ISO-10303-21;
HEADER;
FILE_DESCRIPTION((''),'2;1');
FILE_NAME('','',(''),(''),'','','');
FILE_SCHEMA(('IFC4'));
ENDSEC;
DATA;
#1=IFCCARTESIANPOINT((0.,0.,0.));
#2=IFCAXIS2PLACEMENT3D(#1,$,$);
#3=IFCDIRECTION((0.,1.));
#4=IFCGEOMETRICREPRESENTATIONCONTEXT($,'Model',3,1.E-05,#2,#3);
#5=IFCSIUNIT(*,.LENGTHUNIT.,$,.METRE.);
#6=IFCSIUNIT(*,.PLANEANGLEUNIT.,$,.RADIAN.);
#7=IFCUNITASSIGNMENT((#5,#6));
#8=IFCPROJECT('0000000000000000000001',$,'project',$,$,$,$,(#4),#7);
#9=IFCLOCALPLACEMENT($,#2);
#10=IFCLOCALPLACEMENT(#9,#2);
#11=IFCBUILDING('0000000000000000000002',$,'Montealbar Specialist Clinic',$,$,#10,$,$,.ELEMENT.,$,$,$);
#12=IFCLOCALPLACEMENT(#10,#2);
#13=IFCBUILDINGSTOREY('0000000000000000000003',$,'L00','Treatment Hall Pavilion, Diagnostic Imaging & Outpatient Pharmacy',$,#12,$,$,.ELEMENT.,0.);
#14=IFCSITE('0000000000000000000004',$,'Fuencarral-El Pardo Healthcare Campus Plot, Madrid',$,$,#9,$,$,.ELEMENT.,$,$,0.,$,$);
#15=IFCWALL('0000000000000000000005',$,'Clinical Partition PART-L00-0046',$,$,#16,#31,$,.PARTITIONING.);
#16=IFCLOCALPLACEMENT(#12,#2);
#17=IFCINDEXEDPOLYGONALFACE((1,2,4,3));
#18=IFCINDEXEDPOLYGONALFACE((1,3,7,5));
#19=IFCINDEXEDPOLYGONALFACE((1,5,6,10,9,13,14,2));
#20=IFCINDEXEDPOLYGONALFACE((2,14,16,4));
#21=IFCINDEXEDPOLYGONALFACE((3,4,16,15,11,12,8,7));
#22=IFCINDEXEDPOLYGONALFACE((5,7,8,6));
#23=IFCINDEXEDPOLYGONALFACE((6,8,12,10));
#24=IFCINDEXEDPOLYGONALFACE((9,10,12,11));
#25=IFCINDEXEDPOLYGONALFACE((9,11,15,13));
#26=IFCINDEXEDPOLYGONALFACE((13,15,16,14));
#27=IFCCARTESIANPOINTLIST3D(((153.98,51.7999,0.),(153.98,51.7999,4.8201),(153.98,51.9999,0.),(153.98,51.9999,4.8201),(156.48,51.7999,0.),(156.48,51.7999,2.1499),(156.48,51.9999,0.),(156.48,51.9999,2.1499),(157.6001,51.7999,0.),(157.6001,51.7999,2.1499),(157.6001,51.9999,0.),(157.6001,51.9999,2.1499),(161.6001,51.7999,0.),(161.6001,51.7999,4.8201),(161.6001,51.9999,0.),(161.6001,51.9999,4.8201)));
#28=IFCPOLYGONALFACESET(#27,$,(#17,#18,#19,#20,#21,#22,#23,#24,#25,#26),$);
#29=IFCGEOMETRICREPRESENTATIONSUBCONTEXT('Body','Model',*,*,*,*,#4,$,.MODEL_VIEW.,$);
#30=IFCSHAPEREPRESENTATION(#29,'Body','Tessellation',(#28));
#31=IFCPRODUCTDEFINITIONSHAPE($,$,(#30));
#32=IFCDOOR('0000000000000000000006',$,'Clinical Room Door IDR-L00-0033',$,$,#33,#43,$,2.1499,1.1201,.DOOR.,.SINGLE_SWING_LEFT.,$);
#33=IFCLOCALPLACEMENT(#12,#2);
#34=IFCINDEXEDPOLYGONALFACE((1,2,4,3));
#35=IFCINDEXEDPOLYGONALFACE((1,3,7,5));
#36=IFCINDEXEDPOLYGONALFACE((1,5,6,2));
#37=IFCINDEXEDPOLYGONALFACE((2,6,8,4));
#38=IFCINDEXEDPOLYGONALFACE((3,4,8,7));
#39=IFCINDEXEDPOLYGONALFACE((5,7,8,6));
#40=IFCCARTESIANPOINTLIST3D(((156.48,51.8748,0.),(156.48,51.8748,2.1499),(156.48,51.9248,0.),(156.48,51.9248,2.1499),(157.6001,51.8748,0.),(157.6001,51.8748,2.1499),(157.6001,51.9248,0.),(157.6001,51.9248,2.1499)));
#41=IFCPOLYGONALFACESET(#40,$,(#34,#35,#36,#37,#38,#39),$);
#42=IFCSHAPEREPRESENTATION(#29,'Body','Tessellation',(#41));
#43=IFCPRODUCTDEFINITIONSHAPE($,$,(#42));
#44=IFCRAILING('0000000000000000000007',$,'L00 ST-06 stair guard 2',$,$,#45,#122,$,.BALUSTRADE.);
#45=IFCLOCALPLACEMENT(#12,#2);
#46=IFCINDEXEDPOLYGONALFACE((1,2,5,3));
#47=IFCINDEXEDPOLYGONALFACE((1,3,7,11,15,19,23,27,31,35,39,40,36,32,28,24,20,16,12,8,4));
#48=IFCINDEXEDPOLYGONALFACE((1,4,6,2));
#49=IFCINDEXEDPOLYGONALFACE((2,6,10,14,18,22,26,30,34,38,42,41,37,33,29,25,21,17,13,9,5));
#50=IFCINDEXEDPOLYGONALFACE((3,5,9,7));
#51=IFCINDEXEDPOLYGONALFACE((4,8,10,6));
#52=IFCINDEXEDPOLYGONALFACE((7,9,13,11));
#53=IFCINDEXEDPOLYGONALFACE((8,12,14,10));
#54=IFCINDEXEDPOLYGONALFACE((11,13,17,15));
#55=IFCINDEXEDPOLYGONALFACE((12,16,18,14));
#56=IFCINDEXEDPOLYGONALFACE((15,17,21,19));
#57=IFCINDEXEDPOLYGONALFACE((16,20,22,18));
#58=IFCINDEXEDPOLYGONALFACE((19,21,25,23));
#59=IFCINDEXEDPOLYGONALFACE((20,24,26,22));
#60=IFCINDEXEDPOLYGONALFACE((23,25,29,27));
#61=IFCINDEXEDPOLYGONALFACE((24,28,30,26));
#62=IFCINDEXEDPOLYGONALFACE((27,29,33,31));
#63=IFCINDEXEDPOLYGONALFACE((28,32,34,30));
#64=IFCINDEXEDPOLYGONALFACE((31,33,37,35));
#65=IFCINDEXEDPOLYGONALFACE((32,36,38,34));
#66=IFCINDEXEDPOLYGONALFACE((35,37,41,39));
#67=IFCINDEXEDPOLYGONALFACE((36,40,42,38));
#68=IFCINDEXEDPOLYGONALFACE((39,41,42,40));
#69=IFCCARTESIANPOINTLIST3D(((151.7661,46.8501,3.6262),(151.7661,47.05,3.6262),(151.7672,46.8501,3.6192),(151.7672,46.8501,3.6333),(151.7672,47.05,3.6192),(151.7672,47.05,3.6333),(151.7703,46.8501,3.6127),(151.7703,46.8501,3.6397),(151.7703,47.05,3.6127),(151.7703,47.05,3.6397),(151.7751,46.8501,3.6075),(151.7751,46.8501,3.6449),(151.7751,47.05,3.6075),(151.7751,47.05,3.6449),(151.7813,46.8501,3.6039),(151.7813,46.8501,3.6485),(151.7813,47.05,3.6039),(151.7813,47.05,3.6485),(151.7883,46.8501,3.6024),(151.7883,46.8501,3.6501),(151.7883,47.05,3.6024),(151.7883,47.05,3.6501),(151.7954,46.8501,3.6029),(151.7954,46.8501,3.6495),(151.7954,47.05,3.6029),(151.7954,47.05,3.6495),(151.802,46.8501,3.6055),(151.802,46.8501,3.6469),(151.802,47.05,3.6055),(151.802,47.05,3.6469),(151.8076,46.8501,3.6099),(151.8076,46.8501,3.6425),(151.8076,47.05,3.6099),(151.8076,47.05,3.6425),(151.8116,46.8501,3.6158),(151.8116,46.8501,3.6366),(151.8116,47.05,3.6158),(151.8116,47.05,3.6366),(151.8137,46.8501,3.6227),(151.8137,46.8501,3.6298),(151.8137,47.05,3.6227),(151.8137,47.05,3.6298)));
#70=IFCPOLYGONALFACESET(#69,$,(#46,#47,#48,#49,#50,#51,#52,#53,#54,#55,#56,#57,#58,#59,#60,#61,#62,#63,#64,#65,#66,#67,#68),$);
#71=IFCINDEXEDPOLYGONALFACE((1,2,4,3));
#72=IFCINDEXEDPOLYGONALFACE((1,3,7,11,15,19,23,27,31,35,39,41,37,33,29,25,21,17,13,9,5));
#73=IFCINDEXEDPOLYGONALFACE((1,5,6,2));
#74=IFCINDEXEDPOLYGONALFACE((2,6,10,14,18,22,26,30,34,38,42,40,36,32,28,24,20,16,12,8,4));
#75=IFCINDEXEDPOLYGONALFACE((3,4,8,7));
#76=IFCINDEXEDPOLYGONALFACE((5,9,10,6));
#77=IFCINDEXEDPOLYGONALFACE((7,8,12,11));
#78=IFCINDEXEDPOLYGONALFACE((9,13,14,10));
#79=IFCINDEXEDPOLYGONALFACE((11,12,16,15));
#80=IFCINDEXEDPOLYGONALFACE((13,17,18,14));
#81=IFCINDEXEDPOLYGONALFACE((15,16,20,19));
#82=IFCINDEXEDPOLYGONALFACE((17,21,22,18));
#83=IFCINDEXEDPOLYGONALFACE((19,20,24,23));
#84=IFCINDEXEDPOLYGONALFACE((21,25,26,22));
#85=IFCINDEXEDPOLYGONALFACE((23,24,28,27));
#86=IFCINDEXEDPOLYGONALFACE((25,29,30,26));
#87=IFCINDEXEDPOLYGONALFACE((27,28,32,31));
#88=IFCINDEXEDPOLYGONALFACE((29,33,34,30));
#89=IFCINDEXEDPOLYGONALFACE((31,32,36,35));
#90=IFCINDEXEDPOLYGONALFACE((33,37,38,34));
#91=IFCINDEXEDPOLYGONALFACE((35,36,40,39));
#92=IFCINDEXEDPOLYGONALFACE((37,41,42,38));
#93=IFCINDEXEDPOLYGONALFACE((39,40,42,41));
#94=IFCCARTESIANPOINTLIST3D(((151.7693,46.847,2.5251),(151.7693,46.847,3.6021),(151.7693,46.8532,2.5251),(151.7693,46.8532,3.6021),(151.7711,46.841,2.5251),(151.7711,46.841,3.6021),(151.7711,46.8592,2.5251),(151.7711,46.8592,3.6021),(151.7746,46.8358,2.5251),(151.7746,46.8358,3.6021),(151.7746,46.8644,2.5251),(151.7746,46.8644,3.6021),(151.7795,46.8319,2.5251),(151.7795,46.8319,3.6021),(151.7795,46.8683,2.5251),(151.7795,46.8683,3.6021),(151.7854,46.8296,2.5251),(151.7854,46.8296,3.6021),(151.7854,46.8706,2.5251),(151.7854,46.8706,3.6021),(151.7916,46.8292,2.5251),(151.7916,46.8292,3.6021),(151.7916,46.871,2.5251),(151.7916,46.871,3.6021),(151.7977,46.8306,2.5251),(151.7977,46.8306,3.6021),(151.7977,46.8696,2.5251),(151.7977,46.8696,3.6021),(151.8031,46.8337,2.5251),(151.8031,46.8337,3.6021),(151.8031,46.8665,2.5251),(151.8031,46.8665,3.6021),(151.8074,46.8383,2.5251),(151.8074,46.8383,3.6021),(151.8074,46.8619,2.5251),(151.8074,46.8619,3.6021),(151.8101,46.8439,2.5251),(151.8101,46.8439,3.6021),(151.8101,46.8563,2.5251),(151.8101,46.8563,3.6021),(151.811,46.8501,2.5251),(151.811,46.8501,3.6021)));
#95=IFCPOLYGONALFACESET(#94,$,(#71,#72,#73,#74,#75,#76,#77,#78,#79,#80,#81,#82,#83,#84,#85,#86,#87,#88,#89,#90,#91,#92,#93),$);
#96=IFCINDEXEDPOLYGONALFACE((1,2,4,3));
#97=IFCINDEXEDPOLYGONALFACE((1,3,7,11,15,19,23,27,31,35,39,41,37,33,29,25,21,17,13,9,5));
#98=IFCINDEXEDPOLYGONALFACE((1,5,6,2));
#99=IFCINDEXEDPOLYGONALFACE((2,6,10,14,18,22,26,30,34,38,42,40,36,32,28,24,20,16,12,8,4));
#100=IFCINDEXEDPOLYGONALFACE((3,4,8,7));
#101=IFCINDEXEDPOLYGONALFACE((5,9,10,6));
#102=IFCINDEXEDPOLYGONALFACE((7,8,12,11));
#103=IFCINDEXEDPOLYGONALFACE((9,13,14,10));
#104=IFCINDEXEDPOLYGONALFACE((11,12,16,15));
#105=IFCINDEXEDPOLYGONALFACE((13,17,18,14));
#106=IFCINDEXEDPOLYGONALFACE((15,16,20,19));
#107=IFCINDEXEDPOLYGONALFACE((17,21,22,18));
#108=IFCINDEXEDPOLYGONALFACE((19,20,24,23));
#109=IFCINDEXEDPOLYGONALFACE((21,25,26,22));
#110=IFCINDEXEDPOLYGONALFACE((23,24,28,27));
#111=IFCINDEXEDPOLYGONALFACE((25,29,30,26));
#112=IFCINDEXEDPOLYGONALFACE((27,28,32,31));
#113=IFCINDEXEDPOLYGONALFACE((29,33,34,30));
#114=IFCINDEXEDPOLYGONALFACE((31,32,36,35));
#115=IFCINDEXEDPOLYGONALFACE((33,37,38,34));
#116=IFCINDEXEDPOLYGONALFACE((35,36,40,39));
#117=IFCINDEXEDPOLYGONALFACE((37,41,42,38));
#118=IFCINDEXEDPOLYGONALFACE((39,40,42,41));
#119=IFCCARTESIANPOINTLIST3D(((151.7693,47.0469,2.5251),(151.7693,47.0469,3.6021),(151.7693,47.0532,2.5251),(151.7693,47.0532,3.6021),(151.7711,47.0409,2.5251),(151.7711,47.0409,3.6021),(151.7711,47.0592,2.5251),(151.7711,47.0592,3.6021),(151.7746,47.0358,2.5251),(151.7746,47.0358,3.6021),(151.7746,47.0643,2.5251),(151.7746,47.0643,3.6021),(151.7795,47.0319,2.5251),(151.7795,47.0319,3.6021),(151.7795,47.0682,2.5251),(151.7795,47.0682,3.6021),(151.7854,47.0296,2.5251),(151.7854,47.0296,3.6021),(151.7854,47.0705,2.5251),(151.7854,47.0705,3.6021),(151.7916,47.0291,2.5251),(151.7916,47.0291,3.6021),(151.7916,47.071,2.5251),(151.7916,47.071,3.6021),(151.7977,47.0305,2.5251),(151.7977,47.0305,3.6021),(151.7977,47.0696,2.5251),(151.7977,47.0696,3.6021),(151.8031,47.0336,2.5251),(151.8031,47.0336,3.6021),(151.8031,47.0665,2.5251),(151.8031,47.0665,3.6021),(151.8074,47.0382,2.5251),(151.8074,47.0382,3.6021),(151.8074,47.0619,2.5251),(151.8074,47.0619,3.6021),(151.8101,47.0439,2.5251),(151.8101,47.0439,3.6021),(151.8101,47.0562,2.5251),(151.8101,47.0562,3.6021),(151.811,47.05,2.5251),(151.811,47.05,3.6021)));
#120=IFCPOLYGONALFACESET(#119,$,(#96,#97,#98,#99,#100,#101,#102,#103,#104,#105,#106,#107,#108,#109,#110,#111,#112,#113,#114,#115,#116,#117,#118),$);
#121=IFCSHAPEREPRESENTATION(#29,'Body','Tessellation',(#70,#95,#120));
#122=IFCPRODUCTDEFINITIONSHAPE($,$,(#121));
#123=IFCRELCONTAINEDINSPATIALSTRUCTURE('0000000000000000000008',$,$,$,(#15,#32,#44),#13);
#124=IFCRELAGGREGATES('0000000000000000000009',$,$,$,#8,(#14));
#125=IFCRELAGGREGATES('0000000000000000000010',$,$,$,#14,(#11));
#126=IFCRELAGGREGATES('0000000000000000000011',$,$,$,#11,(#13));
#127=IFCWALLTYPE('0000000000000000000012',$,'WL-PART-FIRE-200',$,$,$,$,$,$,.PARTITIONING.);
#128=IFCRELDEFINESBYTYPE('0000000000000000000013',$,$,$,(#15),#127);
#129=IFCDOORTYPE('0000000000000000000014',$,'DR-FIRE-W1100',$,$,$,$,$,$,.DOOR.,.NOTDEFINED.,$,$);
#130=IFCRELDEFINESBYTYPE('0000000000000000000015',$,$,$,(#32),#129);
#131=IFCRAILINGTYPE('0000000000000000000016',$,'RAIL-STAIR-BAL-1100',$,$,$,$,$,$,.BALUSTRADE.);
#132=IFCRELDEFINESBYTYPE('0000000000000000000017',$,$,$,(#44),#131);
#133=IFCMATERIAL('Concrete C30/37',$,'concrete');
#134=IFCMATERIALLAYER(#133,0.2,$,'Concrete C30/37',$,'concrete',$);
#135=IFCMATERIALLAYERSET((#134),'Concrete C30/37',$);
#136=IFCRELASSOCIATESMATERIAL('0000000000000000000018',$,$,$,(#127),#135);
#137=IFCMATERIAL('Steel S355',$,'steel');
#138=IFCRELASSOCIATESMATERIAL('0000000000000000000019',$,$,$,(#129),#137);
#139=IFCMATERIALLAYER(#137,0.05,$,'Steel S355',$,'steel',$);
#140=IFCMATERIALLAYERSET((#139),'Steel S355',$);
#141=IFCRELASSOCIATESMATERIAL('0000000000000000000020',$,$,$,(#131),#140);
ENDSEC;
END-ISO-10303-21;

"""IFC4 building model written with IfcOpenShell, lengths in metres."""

from ifc_helpers import new_model, si_unit, direction, frame, frame_2d, origin, origin_2d, place, context, subcontext, project, spatial, rectangle, circle, extrude, material, layer, layer_set, type_object, element, fill, save


model = new_model("IFC4")

# Units and contexts
model_context = context("Model", 3, precision=1e-05, world=origin(), true_north=direction((0.0, 1.0)))
body_context = subcontext(model_context, "Body", "Model", "MODEL_VIEW")
ifc_project = project(units=[si_unit("LENGTHUNIT", "METRE"), si_unit("PLANEANGLEUNIT", "RADIAN")], contexts=[model_context])

# Site, building, storey
site_placement = place(None, origin())
site = spatial("IfcSite", under=ifc_project, at=site_placement, Name="Fuencarral-El Pardo Healthcare Campus Plot, Madrid", CompositionType="ELEMENT", RefElevation=0.0)
building_placement = place(site_placement, origin())
building = spatial("IfcBuilding", under=site, at=building_placement, Name="Montealbar Specialist Clinic", CompositionType="ELEMENT")
storey_placement = place(building_placement, origin())
storey = spatial("IfcBuildingStorey", under=building, at=storey_placement, Name="L00", Description="Treatment Hall Pavilion, Diagnostic Imaging & Outpatient Pharmacy", CompositionType="ELEMENT", Elevation=0.0)

# Shared definitions
ifc_material_1 = material(Name="Steel S355", Category="steel")

# Wall, opening, door
ifc_material_2 = material(Name="Concrete C30/37", Category="concrete")
ifc_layer_1 = layer(ifc_material_2, 0.2, Name="Concrete C30/37", Category="concrete")
ifc_layer_set_1 = layer_set([ifc_layer_1], Name="Concrete C30/37")
wall_type_1 = type_object("IfcWallType", Name="WL-PART-FIRE-200", PredefinedType="PARTITIONING", material=ifc_layer_set_1)
wall_1_placement = place(storey_placement, frame((153.98, 51.8999, 0.0), z_axis=(0.0, 0.0, 1.0), x_axis=(1.0, 0.0, 0.0)))
wall_1 = element("IfcWall", 1, at=wall_1_placement, inside=storey, type_object=wall_type_1, Name="Clinical Partition PART-L00-0046", PredefinedType="PARTITIONING", context=body_context, shape_type="SweptSolid", body=[
    extrude(rectangle(XDim=7.6201, YDim=0.2, at=frame_2d((3.8101, 0.0))), origin(), (0.0, 0.0, 1.0), 4.8201),
])
opening_1_placement = place(wall_1_placement, frame((2.5, 0.0, 0.0)))
opening_1 = element("IfcOpeningElement", 2, at=opening_1_placement, cuts=wall_1, PredefinedType="OPENING", context=body_context, shape_type="SweptSolid", body=[
    extrude(rectangle(XDim=1.1201, YDim=2.1499, at=frame_2d((0.5601, 1.075))), frame((0.0, 0.1099, 0.0), z_axis=(0.0, -1.0, 0.0), x_axis=(1.0, 0.0, 0.0)), (0.0, 0.0, 1.0), 0.22),
])
door_type_1 = type_object("IfcDoorType", Name="DR-FIRE-W1100", OperationType="NOTDEFINED", PredefinedType="DOOR", material=ifc_material_1)
door_1_placement = place(opening_1_placement, origin())
door_1 = element("IfcDoor", 3, at=door_1_placement, inside=storey, type_object=door_type_1, Name="Clinical Room Door IDR-L00-0033", OperationType="SINGLE_SWING_LEFT", OverallHeight=2.1499, OverallWidth=1.1201, PredefinedType="DOOR", context=body_context, shape_type="SweptSolid", body=[
    extrude(rectangle(XDim=1.1201, YDim=2.1499, at=frame_2d((0.5601, 1.075))), frame((0.0, 0.0249, 0.0), z_axis=(0.0, -1.0, 0.0), x_axis=(1.0, 0.0, 0.0)), (0.0, 0.0, 1.0), 0.05),
])
fill(opening_1, door_1)

# Railing
ifc_layer_2 = layer(ifc_material_1, 0.05, Name="Steel S355", Category="steel")
ifc_layer_set_2 = layer_set([ifc_layer_2], Name="Steel S355")
railing_type = type_object("IfcRailingType", Name="RAIL-STAIR-BAL-1100", PredefinedType="BALUSTRADE", material=ifc_layer_set_2)
railing_placement = place(storey_placement, frame((151.79, 46.8501, 2.55)))
element("IfcRailing", 4, at=railing_placement, inside=storey, type_object=railing_type, Name="L00 ST-06 stair guard 2", PredefinedType="BALUSTRADE", context=body_context, shape_type="SweptSolid", body=[
    extrude(circle(Radius=0.0239, at=origin_2d()), frame((0.0, 0.0, 1.0762), z_axis=(0.0, 1.0, 0.0), x_axis=(-1.0, 0.0, 0.0)), (0.0, 0.0, 1.0), 0.2),
    extrude(circle(Radius=0.021, at=origin_2d()), frame((0.0, 0.0, -0.0249)), (0.0, 0.0, 1.0), 1.0769),
    extrude(circle(Radius=0.021, at=origin_2d()), frame((0.0, 0.2, -0.0249)), (0.0, 0.0, 1.0), 1.0769),
])

save(model, "model.ifc")
